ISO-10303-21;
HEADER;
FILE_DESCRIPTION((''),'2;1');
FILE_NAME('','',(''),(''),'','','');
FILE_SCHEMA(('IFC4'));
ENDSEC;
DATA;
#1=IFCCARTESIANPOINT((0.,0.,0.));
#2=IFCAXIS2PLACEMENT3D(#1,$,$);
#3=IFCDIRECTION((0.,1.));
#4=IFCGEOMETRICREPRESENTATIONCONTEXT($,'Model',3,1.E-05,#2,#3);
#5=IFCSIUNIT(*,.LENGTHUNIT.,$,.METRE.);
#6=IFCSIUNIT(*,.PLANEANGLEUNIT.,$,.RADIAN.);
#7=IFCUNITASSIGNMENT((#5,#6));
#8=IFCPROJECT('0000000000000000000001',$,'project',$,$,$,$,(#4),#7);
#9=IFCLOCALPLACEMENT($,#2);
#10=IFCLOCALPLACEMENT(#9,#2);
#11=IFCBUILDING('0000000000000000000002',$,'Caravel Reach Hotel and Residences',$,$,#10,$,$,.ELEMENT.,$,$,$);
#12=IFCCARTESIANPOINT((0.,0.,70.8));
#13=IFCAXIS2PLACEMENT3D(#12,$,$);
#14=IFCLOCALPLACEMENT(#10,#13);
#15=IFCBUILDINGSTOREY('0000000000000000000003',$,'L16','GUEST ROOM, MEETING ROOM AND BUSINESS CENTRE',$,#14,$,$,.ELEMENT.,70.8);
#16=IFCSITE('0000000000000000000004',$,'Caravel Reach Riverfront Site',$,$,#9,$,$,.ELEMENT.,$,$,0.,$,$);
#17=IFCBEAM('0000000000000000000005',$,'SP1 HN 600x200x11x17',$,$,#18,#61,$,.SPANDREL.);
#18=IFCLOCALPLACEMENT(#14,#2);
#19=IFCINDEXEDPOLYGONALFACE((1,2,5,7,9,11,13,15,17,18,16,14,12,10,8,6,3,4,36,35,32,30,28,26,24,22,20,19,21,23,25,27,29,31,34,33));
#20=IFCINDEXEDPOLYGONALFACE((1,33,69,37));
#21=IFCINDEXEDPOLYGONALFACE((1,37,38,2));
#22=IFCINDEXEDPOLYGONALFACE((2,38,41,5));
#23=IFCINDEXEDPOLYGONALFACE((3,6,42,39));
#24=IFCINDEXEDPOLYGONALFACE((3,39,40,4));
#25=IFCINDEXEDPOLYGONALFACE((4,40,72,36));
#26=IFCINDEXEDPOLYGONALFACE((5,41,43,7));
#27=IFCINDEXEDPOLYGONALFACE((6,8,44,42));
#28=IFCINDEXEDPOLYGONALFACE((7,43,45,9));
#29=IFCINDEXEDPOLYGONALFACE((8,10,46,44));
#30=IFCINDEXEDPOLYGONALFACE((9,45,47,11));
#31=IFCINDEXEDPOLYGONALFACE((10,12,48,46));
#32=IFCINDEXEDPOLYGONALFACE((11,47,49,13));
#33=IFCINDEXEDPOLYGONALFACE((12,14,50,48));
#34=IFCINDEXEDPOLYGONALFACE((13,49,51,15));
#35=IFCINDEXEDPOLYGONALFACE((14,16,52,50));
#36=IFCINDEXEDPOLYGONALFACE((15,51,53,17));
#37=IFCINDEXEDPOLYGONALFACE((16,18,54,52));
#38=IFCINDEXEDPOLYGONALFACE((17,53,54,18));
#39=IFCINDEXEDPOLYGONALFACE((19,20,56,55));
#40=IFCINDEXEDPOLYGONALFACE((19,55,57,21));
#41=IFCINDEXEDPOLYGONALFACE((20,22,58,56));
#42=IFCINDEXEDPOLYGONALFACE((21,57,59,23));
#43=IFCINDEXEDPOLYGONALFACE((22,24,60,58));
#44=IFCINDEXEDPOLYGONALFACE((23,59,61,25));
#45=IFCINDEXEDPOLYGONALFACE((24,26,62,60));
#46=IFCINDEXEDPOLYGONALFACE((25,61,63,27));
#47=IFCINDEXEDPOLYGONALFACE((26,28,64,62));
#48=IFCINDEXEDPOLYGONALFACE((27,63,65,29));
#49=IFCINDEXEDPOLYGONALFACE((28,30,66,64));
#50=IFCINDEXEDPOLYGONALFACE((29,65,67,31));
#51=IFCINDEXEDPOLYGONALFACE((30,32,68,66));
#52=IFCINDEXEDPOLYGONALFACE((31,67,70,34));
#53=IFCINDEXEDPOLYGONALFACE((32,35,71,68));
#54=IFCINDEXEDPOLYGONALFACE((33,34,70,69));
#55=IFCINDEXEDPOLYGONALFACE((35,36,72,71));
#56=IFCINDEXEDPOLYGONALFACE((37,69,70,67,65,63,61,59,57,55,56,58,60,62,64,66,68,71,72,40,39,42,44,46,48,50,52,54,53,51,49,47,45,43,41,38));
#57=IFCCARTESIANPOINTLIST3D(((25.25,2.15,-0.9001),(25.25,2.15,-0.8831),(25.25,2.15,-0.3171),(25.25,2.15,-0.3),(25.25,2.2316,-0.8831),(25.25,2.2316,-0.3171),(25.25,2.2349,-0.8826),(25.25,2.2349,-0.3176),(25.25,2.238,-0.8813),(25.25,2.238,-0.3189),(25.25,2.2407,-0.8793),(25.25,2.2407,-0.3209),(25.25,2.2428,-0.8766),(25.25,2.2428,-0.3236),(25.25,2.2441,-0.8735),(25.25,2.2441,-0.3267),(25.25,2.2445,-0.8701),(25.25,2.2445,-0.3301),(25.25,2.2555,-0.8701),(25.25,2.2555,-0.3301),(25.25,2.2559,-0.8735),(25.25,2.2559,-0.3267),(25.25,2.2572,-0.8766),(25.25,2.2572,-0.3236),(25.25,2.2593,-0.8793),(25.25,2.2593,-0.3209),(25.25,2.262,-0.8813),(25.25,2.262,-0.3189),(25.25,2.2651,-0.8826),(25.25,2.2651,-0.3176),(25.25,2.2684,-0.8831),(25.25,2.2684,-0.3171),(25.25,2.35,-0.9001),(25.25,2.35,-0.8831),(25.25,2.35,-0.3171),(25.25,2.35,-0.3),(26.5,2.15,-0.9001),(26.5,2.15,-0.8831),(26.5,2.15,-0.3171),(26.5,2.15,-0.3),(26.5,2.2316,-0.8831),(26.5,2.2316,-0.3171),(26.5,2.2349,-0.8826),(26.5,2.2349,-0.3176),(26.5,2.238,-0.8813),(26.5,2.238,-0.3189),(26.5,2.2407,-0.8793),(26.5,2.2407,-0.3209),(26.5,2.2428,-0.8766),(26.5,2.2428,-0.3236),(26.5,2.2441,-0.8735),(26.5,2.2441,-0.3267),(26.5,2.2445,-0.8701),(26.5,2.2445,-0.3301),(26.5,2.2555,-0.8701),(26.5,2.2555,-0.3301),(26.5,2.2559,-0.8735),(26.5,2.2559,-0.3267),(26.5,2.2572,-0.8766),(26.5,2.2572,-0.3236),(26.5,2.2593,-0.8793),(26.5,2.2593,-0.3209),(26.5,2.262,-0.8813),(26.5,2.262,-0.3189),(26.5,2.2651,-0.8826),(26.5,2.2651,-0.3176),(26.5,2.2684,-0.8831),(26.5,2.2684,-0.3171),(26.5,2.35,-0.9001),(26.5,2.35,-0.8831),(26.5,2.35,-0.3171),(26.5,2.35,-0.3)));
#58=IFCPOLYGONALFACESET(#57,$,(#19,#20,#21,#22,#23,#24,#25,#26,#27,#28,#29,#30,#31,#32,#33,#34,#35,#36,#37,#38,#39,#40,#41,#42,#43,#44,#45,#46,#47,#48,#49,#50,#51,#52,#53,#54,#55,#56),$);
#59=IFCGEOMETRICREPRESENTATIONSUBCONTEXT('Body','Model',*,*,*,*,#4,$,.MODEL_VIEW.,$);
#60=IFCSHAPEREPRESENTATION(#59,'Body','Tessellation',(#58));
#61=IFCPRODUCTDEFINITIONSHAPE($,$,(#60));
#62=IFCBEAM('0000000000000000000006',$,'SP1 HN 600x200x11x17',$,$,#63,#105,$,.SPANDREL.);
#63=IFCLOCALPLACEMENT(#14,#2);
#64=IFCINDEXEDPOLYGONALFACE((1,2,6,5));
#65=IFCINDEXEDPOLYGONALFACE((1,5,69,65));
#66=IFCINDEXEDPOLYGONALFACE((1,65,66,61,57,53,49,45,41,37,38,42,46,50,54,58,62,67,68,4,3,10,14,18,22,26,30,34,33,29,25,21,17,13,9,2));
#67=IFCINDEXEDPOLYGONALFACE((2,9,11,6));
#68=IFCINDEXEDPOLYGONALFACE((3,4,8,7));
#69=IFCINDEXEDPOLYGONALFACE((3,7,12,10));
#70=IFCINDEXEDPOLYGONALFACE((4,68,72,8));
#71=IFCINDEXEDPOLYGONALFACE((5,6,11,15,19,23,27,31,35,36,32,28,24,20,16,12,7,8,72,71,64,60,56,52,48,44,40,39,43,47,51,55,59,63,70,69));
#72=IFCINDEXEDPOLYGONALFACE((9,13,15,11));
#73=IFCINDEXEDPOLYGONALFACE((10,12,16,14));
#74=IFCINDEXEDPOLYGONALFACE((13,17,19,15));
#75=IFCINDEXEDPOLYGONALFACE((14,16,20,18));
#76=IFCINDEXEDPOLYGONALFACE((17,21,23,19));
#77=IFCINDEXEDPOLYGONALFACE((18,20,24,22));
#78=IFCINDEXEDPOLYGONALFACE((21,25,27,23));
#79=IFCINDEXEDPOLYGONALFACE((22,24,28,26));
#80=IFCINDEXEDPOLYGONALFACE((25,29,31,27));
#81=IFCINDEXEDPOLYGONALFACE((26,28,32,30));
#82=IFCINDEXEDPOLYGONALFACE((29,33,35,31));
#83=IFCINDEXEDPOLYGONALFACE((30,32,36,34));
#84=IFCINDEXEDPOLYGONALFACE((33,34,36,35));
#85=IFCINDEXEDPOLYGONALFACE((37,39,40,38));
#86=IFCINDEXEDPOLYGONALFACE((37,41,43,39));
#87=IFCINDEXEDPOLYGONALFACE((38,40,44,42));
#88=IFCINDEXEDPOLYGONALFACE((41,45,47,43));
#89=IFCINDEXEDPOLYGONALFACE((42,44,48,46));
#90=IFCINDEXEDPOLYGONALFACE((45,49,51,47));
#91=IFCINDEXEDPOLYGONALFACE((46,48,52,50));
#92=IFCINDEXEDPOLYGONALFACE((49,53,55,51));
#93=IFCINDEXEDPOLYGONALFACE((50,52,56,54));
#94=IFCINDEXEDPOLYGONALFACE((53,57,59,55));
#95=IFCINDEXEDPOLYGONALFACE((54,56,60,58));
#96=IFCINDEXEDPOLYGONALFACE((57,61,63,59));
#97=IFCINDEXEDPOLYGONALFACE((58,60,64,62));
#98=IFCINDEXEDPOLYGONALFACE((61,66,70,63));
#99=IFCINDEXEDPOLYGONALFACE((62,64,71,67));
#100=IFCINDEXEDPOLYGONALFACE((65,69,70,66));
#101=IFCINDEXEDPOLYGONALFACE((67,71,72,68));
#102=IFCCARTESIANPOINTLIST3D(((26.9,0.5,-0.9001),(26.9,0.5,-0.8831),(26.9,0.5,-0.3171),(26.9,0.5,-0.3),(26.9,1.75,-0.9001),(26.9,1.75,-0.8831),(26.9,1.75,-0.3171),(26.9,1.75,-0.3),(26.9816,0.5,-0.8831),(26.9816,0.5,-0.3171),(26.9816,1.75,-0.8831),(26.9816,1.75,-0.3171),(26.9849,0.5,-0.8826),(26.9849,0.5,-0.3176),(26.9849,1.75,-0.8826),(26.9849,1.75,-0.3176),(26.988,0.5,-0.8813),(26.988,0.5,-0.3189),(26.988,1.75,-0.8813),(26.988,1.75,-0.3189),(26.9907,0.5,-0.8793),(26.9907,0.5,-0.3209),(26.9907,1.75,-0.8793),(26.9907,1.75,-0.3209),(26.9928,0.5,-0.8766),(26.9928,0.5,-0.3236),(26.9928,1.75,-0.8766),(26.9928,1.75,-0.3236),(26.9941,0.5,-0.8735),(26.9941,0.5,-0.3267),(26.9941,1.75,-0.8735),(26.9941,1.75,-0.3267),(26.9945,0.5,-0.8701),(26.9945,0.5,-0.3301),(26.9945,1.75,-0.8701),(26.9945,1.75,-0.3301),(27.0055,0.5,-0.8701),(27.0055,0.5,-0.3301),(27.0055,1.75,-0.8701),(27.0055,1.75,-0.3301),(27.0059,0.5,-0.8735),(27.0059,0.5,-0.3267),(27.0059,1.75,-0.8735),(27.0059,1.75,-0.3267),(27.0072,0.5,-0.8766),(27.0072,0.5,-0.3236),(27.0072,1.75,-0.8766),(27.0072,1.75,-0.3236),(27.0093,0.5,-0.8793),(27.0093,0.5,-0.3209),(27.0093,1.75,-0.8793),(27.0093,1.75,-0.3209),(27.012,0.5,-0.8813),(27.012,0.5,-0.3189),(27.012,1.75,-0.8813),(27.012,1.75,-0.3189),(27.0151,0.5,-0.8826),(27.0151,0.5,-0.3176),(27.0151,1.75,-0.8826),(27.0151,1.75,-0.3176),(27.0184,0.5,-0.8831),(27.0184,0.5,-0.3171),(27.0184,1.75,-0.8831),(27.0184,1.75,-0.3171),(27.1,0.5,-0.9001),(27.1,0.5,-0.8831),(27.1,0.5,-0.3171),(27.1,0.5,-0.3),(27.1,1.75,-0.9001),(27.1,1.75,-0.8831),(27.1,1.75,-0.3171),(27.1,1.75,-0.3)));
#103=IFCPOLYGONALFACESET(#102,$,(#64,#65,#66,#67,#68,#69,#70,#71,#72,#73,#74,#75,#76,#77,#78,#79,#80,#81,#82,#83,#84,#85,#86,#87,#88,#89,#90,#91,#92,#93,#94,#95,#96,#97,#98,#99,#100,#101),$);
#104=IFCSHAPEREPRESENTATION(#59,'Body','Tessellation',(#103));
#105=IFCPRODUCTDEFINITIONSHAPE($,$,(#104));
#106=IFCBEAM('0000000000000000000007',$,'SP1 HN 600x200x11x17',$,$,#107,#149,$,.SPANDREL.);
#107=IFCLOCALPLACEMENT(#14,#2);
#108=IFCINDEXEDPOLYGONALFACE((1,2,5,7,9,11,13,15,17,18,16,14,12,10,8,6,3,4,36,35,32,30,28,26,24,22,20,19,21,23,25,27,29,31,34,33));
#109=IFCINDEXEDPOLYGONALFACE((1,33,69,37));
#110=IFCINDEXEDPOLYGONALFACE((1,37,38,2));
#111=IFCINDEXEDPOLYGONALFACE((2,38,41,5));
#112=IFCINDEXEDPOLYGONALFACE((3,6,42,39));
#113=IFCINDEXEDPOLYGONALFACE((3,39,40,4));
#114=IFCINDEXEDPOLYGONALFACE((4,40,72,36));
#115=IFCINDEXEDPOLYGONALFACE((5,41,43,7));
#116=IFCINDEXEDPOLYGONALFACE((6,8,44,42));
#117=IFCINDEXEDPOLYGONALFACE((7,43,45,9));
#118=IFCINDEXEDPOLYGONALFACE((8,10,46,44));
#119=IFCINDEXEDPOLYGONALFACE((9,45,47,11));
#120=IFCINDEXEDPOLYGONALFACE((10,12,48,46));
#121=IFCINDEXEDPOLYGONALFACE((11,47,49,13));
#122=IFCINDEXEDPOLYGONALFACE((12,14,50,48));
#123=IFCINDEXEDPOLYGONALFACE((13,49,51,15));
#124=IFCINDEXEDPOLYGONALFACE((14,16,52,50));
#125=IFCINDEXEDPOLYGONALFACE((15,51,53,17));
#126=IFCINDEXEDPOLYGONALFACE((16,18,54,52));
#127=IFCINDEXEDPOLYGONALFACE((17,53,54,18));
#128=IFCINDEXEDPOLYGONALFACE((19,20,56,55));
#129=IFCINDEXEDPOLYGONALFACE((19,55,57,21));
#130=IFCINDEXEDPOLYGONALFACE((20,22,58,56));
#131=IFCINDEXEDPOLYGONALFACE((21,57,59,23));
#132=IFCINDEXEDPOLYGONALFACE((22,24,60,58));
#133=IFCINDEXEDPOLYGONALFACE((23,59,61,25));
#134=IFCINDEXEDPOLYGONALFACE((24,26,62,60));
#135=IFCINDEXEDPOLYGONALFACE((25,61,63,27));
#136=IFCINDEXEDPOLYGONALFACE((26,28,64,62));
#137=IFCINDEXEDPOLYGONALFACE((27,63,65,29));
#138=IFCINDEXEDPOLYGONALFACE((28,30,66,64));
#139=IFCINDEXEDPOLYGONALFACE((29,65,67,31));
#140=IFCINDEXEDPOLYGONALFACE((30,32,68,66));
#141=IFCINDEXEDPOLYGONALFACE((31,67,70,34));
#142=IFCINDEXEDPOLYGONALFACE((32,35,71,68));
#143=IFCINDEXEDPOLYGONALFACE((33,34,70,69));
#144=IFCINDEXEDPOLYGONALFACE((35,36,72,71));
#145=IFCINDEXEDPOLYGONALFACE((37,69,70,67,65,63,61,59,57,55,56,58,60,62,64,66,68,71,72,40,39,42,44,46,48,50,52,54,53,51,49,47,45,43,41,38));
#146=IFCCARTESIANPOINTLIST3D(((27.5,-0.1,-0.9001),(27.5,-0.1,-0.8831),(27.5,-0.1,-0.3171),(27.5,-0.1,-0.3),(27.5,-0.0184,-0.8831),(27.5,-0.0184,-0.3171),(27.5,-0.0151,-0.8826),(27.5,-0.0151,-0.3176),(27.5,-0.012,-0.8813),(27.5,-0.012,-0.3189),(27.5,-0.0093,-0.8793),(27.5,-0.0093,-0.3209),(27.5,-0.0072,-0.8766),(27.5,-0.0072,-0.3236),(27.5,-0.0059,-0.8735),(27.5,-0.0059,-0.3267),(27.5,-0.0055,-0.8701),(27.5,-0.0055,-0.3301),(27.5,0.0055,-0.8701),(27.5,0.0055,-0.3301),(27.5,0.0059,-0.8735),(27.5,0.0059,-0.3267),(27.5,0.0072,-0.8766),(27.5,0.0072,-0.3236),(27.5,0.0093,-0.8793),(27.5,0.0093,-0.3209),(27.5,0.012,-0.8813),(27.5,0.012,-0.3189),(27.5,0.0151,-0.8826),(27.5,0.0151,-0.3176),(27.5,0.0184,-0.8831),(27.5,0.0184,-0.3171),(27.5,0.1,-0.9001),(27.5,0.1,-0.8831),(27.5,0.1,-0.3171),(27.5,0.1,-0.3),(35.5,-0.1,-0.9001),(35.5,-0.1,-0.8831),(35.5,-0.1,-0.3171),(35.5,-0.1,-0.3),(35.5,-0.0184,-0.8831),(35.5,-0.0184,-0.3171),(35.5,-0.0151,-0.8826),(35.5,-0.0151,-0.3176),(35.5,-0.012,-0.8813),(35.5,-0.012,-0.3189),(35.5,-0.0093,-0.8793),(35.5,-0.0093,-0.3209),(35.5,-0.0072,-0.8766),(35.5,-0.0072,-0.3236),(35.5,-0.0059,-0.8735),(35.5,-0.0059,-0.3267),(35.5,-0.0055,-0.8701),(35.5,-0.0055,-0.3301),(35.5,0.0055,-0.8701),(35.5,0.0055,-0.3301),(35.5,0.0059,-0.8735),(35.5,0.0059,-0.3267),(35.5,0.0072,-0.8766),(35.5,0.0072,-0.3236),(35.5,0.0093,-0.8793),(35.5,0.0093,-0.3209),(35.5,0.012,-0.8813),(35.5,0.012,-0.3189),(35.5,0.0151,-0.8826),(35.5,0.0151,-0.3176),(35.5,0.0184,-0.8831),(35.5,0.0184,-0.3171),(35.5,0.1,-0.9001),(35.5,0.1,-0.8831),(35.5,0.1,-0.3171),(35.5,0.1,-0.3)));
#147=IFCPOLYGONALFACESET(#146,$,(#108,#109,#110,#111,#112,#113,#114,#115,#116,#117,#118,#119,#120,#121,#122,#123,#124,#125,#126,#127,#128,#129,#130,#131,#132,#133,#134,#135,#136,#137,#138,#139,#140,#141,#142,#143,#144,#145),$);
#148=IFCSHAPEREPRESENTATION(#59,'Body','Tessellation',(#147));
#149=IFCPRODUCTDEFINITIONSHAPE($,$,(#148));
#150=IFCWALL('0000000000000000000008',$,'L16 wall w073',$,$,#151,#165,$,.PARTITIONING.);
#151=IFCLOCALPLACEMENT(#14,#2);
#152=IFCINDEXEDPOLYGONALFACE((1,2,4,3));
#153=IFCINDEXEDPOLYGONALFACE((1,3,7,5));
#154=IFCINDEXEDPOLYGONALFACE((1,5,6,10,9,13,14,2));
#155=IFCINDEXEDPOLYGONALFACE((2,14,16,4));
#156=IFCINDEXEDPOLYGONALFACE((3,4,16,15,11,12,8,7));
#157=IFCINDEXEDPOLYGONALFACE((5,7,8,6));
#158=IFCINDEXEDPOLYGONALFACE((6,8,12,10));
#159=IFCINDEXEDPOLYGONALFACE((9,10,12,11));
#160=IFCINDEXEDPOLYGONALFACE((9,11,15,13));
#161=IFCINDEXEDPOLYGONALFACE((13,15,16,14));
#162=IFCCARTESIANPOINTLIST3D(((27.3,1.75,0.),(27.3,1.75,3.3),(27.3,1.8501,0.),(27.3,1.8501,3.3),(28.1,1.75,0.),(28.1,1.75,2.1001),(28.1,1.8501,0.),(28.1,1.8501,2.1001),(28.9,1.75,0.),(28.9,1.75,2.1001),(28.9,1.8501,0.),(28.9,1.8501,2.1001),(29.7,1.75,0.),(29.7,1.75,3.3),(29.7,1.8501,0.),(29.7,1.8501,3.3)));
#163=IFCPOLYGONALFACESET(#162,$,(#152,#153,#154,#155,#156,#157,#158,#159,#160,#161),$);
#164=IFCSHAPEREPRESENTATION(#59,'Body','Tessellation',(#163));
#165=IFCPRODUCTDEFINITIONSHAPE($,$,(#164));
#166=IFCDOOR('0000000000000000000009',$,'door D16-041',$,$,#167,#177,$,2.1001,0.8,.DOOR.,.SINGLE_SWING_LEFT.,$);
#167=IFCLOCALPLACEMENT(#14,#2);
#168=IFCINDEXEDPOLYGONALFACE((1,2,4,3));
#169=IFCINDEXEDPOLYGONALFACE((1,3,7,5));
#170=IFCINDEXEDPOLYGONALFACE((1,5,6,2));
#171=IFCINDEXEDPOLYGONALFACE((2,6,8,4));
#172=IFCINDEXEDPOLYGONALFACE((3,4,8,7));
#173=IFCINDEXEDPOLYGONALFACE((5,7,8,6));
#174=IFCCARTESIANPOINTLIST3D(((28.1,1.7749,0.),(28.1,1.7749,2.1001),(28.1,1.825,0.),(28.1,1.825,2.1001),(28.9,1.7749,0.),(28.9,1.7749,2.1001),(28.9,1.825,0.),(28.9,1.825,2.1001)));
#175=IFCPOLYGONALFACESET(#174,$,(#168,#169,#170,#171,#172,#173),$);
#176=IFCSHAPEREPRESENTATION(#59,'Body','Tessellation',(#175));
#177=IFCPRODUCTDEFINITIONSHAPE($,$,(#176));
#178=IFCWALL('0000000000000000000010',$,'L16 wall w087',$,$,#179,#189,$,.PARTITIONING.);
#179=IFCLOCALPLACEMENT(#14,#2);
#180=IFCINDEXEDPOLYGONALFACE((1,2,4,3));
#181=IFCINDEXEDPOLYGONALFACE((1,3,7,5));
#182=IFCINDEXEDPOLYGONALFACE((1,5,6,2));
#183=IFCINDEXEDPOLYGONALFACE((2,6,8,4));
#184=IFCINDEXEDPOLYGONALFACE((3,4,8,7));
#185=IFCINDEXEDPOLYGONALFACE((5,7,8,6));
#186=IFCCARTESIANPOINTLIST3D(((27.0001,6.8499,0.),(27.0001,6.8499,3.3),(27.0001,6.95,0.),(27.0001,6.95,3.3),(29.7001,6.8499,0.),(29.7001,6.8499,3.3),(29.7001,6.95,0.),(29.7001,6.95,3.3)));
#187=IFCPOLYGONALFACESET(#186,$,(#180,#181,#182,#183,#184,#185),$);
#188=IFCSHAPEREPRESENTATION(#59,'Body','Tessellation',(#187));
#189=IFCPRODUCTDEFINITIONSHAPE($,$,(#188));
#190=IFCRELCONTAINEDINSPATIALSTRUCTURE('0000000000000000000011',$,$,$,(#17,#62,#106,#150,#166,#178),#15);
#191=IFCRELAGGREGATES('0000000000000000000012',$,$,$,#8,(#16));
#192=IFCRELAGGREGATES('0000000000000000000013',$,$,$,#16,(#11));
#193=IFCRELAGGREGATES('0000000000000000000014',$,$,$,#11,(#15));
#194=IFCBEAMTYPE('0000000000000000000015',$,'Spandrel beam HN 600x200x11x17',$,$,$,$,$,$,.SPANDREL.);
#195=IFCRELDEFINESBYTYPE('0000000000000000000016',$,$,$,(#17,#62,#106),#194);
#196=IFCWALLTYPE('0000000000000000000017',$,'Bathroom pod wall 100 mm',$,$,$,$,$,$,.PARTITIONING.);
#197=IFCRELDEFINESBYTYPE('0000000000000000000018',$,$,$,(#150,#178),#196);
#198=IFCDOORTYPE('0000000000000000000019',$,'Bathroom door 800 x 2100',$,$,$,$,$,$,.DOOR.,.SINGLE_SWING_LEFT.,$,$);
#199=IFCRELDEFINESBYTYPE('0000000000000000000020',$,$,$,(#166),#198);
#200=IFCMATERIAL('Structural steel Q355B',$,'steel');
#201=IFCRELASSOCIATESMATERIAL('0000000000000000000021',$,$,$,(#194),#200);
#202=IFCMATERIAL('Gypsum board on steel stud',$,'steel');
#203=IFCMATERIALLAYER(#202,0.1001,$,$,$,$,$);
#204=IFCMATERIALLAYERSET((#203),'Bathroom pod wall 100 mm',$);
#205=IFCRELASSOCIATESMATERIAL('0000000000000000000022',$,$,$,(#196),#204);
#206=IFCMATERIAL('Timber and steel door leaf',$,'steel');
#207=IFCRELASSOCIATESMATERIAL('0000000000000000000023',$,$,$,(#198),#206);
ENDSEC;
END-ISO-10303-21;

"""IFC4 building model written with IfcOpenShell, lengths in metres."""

from ifc_helpers import new_model, si_unit, direction, frame, frame_2d, origin, origin_2d, place, context, subcontext, project, spatial, rectangle, i_section, extrude, material, layer, layer_set, material_profile, profile_set, type_object, element, fill, save


model = new_model("IFC4")

# Units and contexts
model_context = context("Model", 3, precision=1e-05, world=origin(), true_north=direction((0.0, 1.0)))
body_context = subcontext(model_context, "Body", "Model", "MODEL_VIEW")
ifc_project = project(units=[si_unit("LENGTHUNIT", "METRE"), si_unit("PLANEANGLEUNIT", "RADIAN")], contexts=[model_context])

# Site, building, storey
site_placement = place(None, origin())
site = spatial("IfcSite", under=ifc_project, at=site_placement, Name="Caravel Reach Riverfront Site", CompositionType="ELEMENT", RefElevation=0.0)
building_placement = place(site_placement, origin())
building = spatial("IfcBuilding", under=site, at=building_placement, Name="Caravel Reach Hotel and Residences", CompositionType="ELEMENT")
storey_placement = place(building_placement, frame((0.0, 0.0, 70.8)))
storey = spatial("IfcBuildingStorey", under=building, at=storey_placement, Name="L16", Description="GUEST ROOM, MEETING ROOM AND BUSINESS CENTRE", CompositionType="ELEMENT", Elevation=70.8)

# Beams
ifc_material_1 = material(Name="Structural steel Q355B", Category="steel")
ifc_material_profile_1 = material_profile(ifc_material_1, i_section(OverallWidth=0.2, OverallDepth=0.6001, WebThickness=0.011, FlangeThickness=0.0171, FilletRadius=0.0129, at=origin_2d()), Name="HN 600x200x11x17")
ifc_profile_set_1 = profile_set([ifc_material_profile_1], Name="Structural steel Q355B")
beam_type = type_object("IfcBeamType", Name="Spandrel beam HN 600x200x11x17", PredefinedType="SPANDREL", material=ifc_profile_set_1)
for number, where, z_axis, x_axis, name in (
    (1, (25.25, 2.25, -0.6001), (1.0, 0.0, 0.0), (0.0, 1.0, 0.0), "SP1 HN 600x200x11x17"),
    (2, (27.0, 1.75, -0.6001), (0.0, -1.0, 0.0), (1.0, 0.0, 0.0), "SP1 HN 600x200x11x17"),
):
    element("IfcBeam", number, at=place(storey_placement, frame(where, z_axis=z_axis, x_axis=x_axis)), inside=storey, type_object=beam_type, Name=name, PredefinedType="SPANDREL", context=body_context, shape_type="SweptSolid", body=[
        extrude(i_section(OverallWidth=0.2, OverallDepth=0.6001, WebThickness=0.011, FlangeThickness=0.0171, FilletRadius=0.0129, at=origin_2d()), origin(), (0.0, 0.0, 1.0), 1.25),
    ])
beam_placement = place(storey_placement, frame((27.5, 0.0, -0.6001), z_axis=(1.0, 0.0, 0.0), x_axis=(0.0, 1.0, 0.0)))
element("IfcBeam", 3, at=beam_placement, inside=storey, type_object=beam_type, Name="SP1 HN 600x200x11x17", PredefinedType="SPANDREL", context=body_context, shape_type="SweptSolid", body=[
    extrude(i_section(OverallWidth=0.2, OverallDepth=0.6001, WebThickness=0.011, FlangeThickness=0.0171, FilletRadius=0.0129, at=origin_2d()), origin(), (0.0, 0.0, 1.0), 8.0),
])

# Wall, opening, door
ifc_material_2 = material(Name="Gypsum board on steel stud", Category="steel")
ifc_layer_1 = layer(ifc_material_2, 0.1001)
ifc_layer_set_1 = layer_set([ifc_layer_1], Name="Bathroom pod wall 100 mm")
wall_type_1 = type_object("IfcWallType", Name="Bathroom pod wall 100 mm", PredefinedType="PARTITIONING", material=ifc_layer_set_1)
wall_1_placement = place(storey_placement, frame((27.3, 1.8, 0.0), z_axis=(0.0, 0.0, 1.0), x_axis=(1.0, 0.0, 0.0)))
wall_1 = element("IfcWall", 4, at=wall_1_placement, inside=storey, type_object=wall_type_1, Name="L16 wall w073", PredefinedType="PARTITIONING", context=body_context, shape_type="SweptSolid", body=[
    extrude(rectangle(XDim=2.3999, YDim=0.1001, at=frame_2d((1.2, 0.0))), origin(), (0.0, 0.0, 1.0), 3.3),
])
opening_1_placement = place(wall_1_placement, frame((0.8, 0.0, 0.0)))
opening_1 = element("IfcOpeningElement", 5, at=opening_1_placement, cuts=wall_1, PredefinedType="OPENING", context=body_context, shape_type="SweptSolid", body=[
    extrude(rectangle(XDim=0.8, YDim=2.1001, at=frame_2d((0.3999, 1.05))), frame((0.0, 0.0601, 0.0), z_axis=(0.0, -1.0, 0.0), x_axis=(1.0, 0.0, 0.0)), (0.0, 0.0, 1.0), 0.1201),
])
ifc_material_3 = material(Name="Timber and steel door leaf", Category="steel")
door_type = type_object("IfcDoorType", Name="Bathroom door 800 x 2100", OperationType="SINGLE_SWING_LEFT", PredefinedType="DOOR", material=ifc_material_3)
door_1_placement = place(opening_1_placement, origin())
door_1 = element("IfcDoor", 6, at=door_1_placement, inside=storey, type_object=door_type, Name="door D16-041", OperationType="SINGLE_SWING_LEFT", OverallHeight=2.1001, OverallWidth=0.8, PredefinedType="DOOR", context=body_context, shape_type="SweptSolid", body=[
    extrude(rectangle(XDim=0.8, YDim=2.1001, at=frame_2d((0.3999, 1.05))), frame((0.0, 0.0249, 0.0), z_axis=(0.0, -1.0, 0.0), x_axis=(1.0, 0.0, 0.0)), (0.0, 0.0, 1.0), 0.05),
])
fill(opening_1, door_1)

# Wall
wall_2_placement = place(storey_placement, frame((27.0, 6.8999, 0.0), z_axis=(0.0, 0.0, 1.0), x_axis=(1.0, 0.0, 0.0)))
element("IfcWall", 7, at=wall_2_placement, inside=storey, type_object=wall_type_1, Name="L16 wall w087", PredefinedType="PARTITIONING", context=body_context, shape_type="SweptSolid", body=[
    extrude(rectangle(XDim=2.7, YDim=0.1001, at=frame_2d((1.3501, 0.0))), origin(), (0.0, 0.0, 1.0), 3.3),
])

save(model, "model.ifc")
